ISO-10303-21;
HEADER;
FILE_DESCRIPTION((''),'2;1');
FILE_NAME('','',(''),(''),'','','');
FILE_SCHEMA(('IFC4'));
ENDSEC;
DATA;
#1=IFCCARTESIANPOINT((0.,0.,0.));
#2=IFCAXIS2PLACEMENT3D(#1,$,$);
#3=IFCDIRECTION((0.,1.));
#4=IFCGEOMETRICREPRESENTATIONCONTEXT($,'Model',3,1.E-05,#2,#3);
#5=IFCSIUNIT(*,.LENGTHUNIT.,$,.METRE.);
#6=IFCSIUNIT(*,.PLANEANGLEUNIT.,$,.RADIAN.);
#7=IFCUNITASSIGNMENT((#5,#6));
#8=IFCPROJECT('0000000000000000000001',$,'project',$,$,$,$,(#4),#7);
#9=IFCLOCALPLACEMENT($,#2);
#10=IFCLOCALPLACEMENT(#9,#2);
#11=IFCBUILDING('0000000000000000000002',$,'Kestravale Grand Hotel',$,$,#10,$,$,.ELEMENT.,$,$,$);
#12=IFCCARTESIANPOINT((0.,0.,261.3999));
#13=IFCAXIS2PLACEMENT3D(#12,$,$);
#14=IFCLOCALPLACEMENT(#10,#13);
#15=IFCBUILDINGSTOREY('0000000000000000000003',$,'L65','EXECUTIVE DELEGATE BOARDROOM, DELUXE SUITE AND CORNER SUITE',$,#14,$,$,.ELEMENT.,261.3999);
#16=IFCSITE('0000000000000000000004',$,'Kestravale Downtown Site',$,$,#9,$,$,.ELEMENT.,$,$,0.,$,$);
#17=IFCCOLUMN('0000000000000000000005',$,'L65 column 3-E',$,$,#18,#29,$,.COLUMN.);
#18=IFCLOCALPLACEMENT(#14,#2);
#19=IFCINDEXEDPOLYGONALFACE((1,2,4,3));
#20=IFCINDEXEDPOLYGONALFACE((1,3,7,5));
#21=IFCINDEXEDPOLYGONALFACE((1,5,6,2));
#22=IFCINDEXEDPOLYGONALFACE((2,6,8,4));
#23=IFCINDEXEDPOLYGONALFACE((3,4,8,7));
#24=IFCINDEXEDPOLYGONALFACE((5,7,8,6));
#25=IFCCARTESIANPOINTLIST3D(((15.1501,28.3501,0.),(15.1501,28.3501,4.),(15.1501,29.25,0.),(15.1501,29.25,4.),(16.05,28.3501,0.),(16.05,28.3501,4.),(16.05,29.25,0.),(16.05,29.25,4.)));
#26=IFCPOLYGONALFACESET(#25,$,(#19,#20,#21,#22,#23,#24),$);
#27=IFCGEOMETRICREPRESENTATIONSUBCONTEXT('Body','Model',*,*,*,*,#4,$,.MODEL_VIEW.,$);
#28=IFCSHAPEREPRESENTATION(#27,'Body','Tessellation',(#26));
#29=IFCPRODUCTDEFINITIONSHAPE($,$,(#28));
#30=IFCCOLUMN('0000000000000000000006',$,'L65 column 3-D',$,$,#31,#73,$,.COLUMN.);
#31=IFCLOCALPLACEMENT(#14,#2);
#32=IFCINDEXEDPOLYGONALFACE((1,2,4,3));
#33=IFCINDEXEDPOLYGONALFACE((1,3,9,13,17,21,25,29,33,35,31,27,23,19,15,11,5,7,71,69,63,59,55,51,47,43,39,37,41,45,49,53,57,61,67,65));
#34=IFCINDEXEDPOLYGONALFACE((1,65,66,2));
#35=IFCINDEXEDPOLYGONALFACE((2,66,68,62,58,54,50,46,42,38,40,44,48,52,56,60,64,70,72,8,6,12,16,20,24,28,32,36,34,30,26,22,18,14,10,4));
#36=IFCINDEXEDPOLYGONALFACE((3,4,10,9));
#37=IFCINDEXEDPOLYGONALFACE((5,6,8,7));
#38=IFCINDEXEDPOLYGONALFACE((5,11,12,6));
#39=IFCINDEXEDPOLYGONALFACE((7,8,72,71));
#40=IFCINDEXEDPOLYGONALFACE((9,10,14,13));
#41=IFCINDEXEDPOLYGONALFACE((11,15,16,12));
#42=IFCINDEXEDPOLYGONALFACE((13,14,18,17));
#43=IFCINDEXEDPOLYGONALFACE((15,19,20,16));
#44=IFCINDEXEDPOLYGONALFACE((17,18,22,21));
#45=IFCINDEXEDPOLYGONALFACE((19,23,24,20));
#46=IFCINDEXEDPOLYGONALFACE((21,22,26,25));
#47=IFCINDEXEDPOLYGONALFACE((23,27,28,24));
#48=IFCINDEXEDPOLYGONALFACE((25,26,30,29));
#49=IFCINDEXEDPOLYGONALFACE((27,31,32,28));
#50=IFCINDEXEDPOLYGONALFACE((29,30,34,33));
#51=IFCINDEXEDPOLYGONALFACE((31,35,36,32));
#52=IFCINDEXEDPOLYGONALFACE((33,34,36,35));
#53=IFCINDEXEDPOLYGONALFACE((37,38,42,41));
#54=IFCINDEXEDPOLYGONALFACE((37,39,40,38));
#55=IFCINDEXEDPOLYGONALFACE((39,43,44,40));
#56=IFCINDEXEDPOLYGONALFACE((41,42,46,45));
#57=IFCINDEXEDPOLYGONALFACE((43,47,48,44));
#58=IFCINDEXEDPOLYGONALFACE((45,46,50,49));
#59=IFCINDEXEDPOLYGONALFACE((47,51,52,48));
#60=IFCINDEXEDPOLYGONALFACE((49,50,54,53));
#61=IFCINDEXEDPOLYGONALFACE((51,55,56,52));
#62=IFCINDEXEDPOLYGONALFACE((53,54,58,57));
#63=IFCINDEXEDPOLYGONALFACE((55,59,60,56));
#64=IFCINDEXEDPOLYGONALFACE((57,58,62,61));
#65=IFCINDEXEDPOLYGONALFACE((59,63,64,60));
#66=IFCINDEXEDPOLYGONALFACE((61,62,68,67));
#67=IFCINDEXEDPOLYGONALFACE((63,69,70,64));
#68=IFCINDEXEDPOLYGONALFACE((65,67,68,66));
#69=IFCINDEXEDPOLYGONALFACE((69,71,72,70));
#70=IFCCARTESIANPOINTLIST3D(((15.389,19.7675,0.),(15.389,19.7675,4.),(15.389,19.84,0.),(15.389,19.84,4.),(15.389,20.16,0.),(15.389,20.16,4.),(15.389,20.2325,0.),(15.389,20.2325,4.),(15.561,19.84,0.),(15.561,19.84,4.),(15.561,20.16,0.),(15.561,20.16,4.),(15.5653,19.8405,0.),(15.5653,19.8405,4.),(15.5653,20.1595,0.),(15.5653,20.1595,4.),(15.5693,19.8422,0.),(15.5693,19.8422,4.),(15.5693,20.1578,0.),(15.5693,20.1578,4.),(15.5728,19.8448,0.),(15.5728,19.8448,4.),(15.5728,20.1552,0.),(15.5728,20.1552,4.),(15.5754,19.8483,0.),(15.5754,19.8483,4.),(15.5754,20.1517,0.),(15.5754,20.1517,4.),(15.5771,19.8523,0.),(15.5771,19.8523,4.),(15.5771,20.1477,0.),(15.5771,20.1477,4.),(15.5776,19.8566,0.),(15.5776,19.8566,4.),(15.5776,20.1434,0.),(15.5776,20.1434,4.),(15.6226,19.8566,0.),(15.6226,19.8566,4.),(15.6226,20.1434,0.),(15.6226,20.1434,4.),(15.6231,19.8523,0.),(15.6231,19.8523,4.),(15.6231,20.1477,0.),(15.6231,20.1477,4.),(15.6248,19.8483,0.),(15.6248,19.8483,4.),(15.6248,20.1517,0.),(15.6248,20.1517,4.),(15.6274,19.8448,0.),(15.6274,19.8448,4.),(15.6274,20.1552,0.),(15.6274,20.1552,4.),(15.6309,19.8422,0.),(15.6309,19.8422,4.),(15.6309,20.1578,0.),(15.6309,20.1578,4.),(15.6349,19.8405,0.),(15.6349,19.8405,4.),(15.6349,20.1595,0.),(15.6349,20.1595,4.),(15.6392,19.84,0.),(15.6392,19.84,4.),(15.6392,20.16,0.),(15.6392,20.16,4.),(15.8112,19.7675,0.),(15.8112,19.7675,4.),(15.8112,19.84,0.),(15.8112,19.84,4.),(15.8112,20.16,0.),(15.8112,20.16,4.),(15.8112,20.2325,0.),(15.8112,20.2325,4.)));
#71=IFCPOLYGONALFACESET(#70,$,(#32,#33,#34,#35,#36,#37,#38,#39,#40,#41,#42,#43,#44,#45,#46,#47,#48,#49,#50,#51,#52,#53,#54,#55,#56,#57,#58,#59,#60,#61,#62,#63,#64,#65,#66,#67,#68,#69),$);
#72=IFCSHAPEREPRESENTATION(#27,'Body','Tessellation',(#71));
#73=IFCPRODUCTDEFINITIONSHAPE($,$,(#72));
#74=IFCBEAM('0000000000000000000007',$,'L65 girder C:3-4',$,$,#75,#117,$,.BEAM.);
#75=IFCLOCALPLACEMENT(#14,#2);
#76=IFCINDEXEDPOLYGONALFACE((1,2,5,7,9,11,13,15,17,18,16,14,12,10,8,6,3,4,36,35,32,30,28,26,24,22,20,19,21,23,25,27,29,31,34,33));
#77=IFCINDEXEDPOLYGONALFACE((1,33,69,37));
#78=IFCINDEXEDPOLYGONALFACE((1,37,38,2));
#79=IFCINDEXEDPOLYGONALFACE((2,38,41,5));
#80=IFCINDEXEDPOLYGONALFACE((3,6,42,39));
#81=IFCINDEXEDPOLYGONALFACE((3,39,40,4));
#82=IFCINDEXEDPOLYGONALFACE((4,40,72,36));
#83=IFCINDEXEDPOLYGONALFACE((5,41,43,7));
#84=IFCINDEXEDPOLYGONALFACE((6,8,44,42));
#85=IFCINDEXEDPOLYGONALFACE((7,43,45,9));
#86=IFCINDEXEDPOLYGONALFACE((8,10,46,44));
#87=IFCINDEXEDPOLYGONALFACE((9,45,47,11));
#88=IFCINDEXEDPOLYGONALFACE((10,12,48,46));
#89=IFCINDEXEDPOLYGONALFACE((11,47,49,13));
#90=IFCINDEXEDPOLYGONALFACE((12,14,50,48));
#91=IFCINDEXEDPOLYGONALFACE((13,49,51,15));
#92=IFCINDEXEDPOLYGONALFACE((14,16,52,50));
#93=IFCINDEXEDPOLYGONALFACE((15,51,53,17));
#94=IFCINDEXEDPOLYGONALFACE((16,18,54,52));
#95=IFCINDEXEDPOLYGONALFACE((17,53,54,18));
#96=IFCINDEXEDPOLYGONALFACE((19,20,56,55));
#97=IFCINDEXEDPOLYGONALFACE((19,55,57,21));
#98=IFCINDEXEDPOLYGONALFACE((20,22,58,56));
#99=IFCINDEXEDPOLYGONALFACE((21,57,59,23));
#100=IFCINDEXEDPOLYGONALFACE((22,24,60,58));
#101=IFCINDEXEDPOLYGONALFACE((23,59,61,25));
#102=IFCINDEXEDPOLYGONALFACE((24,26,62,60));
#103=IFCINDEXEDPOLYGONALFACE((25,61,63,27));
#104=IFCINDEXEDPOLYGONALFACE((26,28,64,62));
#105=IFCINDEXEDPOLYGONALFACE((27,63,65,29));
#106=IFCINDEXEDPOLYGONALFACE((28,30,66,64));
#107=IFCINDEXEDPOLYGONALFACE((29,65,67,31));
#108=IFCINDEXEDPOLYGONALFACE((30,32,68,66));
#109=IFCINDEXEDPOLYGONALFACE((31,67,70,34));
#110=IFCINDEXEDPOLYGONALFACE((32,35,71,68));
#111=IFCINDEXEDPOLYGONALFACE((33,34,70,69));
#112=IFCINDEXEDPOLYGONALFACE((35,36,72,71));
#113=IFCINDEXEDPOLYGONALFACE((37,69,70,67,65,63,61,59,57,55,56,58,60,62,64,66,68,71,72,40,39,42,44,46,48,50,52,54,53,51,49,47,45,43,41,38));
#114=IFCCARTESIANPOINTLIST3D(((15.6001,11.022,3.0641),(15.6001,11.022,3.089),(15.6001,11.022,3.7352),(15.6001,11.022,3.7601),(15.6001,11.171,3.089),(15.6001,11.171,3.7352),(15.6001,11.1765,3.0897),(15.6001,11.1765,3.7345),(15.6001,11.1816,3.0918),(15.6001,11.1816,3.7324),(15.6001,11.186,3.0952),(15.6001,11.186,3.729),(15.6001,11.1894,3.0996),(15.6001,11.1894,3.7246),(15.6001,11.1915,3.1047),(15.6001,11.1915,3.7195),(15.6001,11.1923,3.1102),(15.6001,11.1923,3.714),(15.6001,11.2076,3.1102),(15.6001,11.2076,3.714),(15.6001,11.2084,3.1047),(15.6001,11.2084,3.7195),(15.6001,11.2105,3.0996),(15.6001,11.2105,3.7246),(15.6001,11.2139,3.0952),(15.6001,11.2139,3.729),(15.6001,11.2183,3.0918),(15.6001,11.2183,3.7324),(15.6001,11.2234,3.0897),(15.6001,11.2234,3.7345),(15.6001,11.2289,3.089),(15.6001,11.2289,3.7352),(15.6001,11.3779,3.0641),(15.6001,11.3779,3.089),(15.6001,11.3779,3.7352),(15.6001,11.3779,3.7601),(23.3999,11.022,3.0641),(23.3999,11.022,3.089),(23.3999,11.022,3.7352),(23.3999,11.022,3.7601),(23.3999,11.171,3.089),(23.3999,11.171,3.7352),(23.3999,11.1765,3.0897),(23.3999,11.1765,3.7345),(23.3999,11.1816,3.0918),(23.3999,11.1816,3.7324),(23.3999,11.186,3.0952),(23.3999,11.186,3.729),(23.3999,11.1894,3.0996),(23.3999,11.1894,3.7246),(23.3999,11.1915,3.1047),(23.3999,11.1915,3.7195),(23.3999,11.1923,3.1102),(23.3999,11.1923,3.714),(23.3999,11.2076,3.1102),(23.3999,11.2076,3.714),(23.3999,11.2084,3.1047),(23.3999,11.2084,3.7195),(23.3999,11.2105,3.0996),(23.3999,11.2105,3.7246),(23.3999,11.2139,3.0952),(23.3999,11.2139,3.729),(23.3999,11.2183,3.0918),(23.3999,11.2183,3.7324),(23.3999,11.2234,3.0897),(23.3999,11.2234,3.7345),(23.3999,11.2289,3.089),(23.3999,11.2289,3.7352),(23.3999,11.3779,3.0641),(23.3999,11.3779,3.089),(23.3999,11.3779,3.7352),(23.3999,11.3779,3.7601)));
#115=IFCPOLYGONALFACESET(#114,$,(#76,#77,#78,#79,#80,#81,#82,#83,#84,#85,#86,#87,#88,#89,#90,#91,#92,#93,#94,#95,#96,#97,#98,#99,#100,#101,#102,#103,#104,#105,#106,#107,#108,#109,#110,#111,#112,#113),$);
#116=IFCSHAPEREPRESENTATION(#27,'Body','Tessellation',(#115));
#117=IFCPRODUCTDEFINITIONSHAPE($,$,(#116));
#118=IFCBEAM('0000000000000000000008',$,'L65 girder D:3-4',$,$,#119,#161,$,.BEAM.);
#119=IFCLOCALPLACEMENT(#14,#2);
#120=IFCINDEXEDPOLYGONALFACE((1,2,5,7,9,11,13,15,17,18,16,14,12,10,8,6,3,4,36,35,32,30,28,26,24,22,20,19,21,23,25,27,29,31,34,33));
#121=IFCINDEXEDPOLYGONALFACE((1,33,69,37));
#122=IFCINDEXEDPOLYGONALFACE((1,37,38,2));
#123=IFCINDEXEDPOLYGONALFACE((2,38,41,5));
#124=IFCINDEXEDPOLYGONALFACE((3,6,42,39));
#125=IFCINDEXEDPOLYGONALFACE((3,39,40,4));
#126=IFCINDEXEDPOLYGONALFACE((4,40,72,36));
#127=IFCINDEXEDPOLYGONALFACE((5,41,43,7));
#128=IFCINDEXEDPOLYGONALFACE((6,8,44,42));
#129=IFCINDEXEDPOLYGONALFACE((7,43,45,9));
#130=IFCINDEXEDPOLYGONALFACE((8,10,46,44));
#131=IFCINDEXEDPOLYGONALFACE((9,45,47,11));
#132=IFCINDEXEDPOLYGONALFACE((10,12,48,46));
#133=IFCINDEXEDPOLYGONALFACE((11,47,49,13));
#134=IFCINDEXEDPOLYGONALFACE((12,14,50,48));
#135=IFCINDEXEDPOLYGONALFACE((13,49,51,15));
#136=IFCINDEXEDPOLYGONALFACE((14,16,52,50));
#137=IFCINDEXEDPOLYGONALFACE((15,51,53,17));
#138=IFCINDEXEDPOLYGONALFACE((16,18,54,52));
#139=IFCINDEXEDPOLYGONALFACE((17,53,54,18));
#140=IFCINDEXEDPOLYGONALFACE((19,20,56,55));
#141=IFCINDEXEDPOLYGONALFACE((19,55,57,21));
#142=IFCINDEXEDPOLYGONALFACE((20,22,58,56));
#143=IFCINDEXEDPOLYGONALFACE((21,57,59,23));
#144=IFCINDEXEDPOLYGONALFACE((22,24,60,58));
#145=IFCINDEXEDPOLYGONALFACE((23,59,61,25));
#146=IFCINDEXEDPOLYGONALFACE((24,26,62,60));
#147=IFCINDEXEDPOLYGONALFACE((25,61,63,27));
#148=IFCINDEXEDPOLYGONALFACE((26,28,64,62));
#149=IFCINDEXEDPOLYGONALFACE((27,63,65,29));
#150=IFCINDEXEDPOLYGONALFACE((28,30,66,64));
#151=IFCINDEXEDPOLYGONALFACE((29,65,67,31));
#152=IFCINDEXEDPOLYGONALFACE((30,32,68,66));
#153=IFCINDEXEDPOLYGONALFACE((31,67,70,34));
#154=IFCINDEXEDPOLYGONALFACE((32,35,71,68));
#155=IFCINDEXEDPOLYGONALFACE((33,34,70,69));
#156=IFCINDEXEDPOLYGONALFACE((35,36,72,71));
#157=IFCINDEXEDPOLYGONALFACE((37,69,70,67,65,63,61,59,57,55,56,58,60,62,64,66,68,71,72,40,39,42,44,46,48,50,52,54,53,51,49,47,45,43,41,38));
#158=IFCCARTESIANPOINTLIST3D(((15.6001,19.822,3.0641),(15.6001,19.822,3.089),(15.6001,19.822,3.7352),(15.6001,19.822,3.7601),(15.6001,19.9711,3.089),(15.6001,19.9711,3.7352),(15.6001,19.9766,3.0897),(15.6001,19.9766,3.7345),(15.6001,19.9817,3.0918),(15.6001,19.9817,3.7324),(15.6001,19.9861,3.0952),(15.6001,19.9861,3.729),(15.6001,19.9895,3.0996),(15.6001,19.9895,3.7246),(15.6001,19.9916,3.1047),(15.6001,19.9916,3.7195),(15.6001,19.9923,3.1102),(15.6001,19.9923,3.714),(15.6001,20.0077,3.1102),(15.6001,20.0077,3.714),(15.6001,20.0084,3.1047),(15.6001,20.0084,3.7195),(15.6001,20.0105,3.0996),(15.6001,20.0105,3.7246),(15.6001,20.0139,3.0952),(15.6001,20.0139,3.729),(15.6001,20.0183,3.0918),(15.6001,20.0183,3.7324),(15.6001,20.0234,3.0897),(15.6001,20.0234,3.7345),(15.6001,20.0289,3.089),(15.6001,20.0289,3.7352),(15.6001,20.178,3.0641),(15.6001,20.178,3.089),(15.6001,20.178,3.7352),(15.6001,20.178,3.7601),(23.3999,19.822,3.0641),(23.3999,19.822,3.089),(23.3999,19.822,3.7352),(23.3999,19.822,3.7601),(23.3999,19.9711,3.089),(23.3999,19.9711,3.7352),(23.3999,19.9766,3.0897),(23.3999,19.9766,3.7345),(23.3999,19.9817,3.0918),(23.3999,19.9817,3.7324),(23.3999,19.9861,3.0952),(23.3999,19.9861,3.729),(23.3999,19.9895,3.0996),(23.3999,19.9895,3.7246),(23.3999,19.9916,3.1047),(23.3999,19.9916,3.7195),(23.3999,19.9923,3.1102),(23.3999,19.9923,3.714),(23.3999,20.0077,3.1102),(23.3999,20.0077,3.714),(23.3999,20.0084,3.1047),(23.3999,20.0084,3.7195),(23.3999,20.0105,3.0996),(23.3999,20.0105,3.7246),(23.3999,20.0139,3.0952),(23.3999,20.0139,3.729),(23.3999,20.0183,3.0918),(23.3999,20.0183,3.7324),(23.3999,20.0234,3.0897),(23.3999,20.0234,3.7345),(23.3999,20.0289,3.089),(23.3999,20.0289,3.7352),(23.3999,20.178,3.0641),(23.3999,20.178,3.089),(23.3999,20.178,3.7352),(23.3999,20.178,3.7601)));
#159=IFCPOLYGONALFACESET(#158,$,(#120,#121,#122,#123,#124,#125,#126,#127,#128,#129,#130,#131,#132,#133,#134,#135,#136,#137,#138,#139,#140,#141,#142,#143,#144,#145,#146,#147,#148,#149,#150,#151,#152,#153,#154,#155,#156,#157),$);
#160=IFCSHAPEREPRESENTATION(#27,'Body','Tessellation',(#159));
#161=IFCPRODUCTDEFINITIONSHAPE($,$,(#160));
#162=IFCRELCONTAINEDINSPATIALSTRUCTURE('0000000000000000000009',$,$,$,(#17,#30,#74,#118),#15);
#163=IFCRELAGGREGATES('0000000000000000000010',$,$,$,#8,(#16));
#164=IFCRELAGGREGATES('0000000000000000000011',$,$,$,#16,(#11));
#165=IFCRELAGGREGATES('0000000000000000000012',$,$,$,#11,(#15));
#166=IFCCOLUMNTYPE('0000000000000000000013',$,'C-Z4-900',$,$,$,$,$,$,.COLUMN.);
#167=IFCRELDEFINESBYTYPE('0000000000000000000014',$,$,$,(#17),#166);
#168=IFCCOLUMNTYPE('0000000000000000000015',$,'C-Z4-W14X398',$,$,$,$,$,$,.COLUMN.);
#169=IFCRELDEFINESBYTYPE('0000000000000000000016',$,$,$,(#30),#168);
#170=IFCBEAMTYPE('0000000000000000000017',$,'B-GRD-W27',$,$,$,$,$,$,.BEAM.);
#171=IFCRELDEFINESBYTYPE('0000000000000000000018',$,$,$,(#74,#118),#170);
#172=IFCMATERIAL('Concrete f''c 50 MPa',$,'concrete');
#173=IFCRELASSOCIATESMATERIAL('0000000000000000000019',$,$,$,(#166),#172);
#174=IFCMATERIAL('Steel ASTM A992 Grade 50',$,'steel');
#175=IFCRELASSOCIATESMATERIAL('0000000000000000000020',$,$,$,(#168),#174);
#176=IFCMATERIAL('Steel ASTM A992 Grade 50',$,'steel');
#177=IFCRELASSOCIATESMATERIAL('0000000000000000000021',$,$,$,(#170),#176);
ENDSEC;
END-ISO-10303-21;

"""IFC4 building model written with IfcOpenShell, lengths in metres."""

from ifc_helpers import new_model, si_unit, direction, frame, origin, origin_2d, place, context, subcontext, project, spatial, rectangle, i_section, extrude, material, material_profile, profile_set, type_object, element, save


model = new_model("IFC4")

# Units and contexts
model_context = context("Model", 3, precision=1e-05, world=origin(), true_north=direction((0.0, 1.0)))
body_context = subcontext(model_context, "Body", "Model", "MODEL_VIEW")
ifc_project = project(units=[si_unit("LENGTHUNIT", "METRE"), si_unit("PLANEANGLEUNIT", "RADIAN")], contexts=[model_context])

# Site, building, storey
site_placement = place(None, origin())
site = spatial("IfcSite", under=ifc_project, at=site_placement, Name="Kestravale Downtown Site", CompositionType="ELEMENT", RefElevation=0.0)
building_placement = place(site_placement, origin())
building = spatial("IfcBuilding", under=site, at=building_placement, Name="Kestravale Grand Hotel", CompositionType="ELEMENT")
storey_placement = place(building_placement, frame((0.0, 0.0, 261.3999)))
storey = spatial("IfcBuildingStorey", under=building, at=storey_placement, Name="L65", Description="EXECUTIVE DELEGATE BOARDROOM, DELUXE SUITE AND CORNER SUITE", CompositionType="ELEMENT", Elevation=261.3999)

# Columns
ifc_material_1 = material(Name="Concrete f'c 50 MPa", Category="concrete")
ifc_material_profile_1 = material_profile(ifc_material_1, rectangle(XDim=0.8999, YDim=0.8999, at=origin_2d()))
ifc_profile_set_1 = profile_set([ifc_material_profile_1], Name="Concrete f'c 50 MPa")
column_type_1 = type_object("IfcColumnType", Name="C-Z4-900", PredefinedType="COLUMN", material=ifc_profile_set_1)
column_1_placement = place(storey_placement, frame((15.6001, 28.8, 0.0), z_axis=(0.0, 0.0, 1.0), x_axis=(1.0, 0.0, 0.0)))
element("IfcColumn", 1, at=column_1_placement, inside=storey, type_object=column_type_1, Name="L65 column 3-E", PredefinedType="COLUMN", context=body_context, shape_type="SweptSolid", body=[
    extrude(rectangle(XDim=0.8999, YDim=0.8999, at=origin_2d()), origin(), (0.0, 0.0, 1.0), 4.0),
])
ifc_material_2 = material(Name="Steel ASTM A992 Grade 50", Category="steel")
ifc_material_profile_2 = material_profile(ifc_material_2, i_section(OverallWidth=0.4221, OverallDepth=0.4651, WebThickness=0.0449, FlangeThickness=0.0725, FilletRadius=0.0166, at=origin_2d()))
ifc_profile_set_2 = profile_set([ifc_material_profile_2], Name="Steel ASTM A992 Grade 50")
column_type_2 = type_object("IfcColumnType", Name="C-Z4-W14X398", PredefinedType="COLUMN", material=ifc_profile_set_2)
column_2_placement = place(storey_placement, frame((15.6001, 20.0, 0.0), z_axis=(0.0, 0.0, 1.0), x_axis=(1.0, 0.0, 0.0)))
element("IfcColumn", 2, at=column_2_placement, inside=storey, type_object=column_type_2, Name="L65 column 3-D", PredefinedType="COLUMN", context=body_context, shape_type="SweptSolid", body=[
    extrude(i_section(OverallWidth=0.4221, OverallDepth=0.4651, WebThickness=0.0449, FlangeThickness=0.0725, FilletRadius=0.0166, at=origin_2d()), origin(), (0.0, 0.0, 1.0), 4.0),
])

# Beams
ifc_material_3 = material(Name="Steel ASTM A992 Grade 50", Category="steel")
ifc_material_profile_3 = material_profile(ifc_material_3, i_section(OverallWidth=0.356, OverallDepth=0.696, WebThickness=0.0154, FlangeThickness=0.0249, FilletRadius=0.0212, at=origin_2d()))
ifc_profile_set_3 = profile_set([ifc_material_profile_3], Name="Steel ASTM A992 Grade 50")
beam_type = type_object("IfcBeamType", Name="B-GRD-W27", PredefinedType="BEAM", material=ifc_profile_set_3)
for number, where, z_axis, x_axis, name in (
    (3, (15.6001, 11.2, 3.4121), (1.0, 0.0, 0.0), (0.0, 1.0, 0.0), "L65 girder C:3-4"),
    (4, (15.6001, 20.0, 3.4121), (1.0, 0.0, 0.0), (0.0, 1.0, 0.0), "L65 girder D:3-4"),
):
    element("IfcBeam", number, at=place(storey_placement, frame(where, z_axis=z_axis, x_axis=x_axis)), inside=storey, type_object=beam_type, Name=name, PredefinedType="BEAM", context=body_context, shape_type="SweptSolid", body=[
        extrude(i_section(OverallWidth=0.356, OverallDepth=0.696, WebThickness=0.0154, FlangeThickness=0.0249, FilletRadius=0.0212, at=origin_2d()), origin(), (0.0, 0.0, 1.0), 7.7998),
    ])

save(model, "model.ifc")
